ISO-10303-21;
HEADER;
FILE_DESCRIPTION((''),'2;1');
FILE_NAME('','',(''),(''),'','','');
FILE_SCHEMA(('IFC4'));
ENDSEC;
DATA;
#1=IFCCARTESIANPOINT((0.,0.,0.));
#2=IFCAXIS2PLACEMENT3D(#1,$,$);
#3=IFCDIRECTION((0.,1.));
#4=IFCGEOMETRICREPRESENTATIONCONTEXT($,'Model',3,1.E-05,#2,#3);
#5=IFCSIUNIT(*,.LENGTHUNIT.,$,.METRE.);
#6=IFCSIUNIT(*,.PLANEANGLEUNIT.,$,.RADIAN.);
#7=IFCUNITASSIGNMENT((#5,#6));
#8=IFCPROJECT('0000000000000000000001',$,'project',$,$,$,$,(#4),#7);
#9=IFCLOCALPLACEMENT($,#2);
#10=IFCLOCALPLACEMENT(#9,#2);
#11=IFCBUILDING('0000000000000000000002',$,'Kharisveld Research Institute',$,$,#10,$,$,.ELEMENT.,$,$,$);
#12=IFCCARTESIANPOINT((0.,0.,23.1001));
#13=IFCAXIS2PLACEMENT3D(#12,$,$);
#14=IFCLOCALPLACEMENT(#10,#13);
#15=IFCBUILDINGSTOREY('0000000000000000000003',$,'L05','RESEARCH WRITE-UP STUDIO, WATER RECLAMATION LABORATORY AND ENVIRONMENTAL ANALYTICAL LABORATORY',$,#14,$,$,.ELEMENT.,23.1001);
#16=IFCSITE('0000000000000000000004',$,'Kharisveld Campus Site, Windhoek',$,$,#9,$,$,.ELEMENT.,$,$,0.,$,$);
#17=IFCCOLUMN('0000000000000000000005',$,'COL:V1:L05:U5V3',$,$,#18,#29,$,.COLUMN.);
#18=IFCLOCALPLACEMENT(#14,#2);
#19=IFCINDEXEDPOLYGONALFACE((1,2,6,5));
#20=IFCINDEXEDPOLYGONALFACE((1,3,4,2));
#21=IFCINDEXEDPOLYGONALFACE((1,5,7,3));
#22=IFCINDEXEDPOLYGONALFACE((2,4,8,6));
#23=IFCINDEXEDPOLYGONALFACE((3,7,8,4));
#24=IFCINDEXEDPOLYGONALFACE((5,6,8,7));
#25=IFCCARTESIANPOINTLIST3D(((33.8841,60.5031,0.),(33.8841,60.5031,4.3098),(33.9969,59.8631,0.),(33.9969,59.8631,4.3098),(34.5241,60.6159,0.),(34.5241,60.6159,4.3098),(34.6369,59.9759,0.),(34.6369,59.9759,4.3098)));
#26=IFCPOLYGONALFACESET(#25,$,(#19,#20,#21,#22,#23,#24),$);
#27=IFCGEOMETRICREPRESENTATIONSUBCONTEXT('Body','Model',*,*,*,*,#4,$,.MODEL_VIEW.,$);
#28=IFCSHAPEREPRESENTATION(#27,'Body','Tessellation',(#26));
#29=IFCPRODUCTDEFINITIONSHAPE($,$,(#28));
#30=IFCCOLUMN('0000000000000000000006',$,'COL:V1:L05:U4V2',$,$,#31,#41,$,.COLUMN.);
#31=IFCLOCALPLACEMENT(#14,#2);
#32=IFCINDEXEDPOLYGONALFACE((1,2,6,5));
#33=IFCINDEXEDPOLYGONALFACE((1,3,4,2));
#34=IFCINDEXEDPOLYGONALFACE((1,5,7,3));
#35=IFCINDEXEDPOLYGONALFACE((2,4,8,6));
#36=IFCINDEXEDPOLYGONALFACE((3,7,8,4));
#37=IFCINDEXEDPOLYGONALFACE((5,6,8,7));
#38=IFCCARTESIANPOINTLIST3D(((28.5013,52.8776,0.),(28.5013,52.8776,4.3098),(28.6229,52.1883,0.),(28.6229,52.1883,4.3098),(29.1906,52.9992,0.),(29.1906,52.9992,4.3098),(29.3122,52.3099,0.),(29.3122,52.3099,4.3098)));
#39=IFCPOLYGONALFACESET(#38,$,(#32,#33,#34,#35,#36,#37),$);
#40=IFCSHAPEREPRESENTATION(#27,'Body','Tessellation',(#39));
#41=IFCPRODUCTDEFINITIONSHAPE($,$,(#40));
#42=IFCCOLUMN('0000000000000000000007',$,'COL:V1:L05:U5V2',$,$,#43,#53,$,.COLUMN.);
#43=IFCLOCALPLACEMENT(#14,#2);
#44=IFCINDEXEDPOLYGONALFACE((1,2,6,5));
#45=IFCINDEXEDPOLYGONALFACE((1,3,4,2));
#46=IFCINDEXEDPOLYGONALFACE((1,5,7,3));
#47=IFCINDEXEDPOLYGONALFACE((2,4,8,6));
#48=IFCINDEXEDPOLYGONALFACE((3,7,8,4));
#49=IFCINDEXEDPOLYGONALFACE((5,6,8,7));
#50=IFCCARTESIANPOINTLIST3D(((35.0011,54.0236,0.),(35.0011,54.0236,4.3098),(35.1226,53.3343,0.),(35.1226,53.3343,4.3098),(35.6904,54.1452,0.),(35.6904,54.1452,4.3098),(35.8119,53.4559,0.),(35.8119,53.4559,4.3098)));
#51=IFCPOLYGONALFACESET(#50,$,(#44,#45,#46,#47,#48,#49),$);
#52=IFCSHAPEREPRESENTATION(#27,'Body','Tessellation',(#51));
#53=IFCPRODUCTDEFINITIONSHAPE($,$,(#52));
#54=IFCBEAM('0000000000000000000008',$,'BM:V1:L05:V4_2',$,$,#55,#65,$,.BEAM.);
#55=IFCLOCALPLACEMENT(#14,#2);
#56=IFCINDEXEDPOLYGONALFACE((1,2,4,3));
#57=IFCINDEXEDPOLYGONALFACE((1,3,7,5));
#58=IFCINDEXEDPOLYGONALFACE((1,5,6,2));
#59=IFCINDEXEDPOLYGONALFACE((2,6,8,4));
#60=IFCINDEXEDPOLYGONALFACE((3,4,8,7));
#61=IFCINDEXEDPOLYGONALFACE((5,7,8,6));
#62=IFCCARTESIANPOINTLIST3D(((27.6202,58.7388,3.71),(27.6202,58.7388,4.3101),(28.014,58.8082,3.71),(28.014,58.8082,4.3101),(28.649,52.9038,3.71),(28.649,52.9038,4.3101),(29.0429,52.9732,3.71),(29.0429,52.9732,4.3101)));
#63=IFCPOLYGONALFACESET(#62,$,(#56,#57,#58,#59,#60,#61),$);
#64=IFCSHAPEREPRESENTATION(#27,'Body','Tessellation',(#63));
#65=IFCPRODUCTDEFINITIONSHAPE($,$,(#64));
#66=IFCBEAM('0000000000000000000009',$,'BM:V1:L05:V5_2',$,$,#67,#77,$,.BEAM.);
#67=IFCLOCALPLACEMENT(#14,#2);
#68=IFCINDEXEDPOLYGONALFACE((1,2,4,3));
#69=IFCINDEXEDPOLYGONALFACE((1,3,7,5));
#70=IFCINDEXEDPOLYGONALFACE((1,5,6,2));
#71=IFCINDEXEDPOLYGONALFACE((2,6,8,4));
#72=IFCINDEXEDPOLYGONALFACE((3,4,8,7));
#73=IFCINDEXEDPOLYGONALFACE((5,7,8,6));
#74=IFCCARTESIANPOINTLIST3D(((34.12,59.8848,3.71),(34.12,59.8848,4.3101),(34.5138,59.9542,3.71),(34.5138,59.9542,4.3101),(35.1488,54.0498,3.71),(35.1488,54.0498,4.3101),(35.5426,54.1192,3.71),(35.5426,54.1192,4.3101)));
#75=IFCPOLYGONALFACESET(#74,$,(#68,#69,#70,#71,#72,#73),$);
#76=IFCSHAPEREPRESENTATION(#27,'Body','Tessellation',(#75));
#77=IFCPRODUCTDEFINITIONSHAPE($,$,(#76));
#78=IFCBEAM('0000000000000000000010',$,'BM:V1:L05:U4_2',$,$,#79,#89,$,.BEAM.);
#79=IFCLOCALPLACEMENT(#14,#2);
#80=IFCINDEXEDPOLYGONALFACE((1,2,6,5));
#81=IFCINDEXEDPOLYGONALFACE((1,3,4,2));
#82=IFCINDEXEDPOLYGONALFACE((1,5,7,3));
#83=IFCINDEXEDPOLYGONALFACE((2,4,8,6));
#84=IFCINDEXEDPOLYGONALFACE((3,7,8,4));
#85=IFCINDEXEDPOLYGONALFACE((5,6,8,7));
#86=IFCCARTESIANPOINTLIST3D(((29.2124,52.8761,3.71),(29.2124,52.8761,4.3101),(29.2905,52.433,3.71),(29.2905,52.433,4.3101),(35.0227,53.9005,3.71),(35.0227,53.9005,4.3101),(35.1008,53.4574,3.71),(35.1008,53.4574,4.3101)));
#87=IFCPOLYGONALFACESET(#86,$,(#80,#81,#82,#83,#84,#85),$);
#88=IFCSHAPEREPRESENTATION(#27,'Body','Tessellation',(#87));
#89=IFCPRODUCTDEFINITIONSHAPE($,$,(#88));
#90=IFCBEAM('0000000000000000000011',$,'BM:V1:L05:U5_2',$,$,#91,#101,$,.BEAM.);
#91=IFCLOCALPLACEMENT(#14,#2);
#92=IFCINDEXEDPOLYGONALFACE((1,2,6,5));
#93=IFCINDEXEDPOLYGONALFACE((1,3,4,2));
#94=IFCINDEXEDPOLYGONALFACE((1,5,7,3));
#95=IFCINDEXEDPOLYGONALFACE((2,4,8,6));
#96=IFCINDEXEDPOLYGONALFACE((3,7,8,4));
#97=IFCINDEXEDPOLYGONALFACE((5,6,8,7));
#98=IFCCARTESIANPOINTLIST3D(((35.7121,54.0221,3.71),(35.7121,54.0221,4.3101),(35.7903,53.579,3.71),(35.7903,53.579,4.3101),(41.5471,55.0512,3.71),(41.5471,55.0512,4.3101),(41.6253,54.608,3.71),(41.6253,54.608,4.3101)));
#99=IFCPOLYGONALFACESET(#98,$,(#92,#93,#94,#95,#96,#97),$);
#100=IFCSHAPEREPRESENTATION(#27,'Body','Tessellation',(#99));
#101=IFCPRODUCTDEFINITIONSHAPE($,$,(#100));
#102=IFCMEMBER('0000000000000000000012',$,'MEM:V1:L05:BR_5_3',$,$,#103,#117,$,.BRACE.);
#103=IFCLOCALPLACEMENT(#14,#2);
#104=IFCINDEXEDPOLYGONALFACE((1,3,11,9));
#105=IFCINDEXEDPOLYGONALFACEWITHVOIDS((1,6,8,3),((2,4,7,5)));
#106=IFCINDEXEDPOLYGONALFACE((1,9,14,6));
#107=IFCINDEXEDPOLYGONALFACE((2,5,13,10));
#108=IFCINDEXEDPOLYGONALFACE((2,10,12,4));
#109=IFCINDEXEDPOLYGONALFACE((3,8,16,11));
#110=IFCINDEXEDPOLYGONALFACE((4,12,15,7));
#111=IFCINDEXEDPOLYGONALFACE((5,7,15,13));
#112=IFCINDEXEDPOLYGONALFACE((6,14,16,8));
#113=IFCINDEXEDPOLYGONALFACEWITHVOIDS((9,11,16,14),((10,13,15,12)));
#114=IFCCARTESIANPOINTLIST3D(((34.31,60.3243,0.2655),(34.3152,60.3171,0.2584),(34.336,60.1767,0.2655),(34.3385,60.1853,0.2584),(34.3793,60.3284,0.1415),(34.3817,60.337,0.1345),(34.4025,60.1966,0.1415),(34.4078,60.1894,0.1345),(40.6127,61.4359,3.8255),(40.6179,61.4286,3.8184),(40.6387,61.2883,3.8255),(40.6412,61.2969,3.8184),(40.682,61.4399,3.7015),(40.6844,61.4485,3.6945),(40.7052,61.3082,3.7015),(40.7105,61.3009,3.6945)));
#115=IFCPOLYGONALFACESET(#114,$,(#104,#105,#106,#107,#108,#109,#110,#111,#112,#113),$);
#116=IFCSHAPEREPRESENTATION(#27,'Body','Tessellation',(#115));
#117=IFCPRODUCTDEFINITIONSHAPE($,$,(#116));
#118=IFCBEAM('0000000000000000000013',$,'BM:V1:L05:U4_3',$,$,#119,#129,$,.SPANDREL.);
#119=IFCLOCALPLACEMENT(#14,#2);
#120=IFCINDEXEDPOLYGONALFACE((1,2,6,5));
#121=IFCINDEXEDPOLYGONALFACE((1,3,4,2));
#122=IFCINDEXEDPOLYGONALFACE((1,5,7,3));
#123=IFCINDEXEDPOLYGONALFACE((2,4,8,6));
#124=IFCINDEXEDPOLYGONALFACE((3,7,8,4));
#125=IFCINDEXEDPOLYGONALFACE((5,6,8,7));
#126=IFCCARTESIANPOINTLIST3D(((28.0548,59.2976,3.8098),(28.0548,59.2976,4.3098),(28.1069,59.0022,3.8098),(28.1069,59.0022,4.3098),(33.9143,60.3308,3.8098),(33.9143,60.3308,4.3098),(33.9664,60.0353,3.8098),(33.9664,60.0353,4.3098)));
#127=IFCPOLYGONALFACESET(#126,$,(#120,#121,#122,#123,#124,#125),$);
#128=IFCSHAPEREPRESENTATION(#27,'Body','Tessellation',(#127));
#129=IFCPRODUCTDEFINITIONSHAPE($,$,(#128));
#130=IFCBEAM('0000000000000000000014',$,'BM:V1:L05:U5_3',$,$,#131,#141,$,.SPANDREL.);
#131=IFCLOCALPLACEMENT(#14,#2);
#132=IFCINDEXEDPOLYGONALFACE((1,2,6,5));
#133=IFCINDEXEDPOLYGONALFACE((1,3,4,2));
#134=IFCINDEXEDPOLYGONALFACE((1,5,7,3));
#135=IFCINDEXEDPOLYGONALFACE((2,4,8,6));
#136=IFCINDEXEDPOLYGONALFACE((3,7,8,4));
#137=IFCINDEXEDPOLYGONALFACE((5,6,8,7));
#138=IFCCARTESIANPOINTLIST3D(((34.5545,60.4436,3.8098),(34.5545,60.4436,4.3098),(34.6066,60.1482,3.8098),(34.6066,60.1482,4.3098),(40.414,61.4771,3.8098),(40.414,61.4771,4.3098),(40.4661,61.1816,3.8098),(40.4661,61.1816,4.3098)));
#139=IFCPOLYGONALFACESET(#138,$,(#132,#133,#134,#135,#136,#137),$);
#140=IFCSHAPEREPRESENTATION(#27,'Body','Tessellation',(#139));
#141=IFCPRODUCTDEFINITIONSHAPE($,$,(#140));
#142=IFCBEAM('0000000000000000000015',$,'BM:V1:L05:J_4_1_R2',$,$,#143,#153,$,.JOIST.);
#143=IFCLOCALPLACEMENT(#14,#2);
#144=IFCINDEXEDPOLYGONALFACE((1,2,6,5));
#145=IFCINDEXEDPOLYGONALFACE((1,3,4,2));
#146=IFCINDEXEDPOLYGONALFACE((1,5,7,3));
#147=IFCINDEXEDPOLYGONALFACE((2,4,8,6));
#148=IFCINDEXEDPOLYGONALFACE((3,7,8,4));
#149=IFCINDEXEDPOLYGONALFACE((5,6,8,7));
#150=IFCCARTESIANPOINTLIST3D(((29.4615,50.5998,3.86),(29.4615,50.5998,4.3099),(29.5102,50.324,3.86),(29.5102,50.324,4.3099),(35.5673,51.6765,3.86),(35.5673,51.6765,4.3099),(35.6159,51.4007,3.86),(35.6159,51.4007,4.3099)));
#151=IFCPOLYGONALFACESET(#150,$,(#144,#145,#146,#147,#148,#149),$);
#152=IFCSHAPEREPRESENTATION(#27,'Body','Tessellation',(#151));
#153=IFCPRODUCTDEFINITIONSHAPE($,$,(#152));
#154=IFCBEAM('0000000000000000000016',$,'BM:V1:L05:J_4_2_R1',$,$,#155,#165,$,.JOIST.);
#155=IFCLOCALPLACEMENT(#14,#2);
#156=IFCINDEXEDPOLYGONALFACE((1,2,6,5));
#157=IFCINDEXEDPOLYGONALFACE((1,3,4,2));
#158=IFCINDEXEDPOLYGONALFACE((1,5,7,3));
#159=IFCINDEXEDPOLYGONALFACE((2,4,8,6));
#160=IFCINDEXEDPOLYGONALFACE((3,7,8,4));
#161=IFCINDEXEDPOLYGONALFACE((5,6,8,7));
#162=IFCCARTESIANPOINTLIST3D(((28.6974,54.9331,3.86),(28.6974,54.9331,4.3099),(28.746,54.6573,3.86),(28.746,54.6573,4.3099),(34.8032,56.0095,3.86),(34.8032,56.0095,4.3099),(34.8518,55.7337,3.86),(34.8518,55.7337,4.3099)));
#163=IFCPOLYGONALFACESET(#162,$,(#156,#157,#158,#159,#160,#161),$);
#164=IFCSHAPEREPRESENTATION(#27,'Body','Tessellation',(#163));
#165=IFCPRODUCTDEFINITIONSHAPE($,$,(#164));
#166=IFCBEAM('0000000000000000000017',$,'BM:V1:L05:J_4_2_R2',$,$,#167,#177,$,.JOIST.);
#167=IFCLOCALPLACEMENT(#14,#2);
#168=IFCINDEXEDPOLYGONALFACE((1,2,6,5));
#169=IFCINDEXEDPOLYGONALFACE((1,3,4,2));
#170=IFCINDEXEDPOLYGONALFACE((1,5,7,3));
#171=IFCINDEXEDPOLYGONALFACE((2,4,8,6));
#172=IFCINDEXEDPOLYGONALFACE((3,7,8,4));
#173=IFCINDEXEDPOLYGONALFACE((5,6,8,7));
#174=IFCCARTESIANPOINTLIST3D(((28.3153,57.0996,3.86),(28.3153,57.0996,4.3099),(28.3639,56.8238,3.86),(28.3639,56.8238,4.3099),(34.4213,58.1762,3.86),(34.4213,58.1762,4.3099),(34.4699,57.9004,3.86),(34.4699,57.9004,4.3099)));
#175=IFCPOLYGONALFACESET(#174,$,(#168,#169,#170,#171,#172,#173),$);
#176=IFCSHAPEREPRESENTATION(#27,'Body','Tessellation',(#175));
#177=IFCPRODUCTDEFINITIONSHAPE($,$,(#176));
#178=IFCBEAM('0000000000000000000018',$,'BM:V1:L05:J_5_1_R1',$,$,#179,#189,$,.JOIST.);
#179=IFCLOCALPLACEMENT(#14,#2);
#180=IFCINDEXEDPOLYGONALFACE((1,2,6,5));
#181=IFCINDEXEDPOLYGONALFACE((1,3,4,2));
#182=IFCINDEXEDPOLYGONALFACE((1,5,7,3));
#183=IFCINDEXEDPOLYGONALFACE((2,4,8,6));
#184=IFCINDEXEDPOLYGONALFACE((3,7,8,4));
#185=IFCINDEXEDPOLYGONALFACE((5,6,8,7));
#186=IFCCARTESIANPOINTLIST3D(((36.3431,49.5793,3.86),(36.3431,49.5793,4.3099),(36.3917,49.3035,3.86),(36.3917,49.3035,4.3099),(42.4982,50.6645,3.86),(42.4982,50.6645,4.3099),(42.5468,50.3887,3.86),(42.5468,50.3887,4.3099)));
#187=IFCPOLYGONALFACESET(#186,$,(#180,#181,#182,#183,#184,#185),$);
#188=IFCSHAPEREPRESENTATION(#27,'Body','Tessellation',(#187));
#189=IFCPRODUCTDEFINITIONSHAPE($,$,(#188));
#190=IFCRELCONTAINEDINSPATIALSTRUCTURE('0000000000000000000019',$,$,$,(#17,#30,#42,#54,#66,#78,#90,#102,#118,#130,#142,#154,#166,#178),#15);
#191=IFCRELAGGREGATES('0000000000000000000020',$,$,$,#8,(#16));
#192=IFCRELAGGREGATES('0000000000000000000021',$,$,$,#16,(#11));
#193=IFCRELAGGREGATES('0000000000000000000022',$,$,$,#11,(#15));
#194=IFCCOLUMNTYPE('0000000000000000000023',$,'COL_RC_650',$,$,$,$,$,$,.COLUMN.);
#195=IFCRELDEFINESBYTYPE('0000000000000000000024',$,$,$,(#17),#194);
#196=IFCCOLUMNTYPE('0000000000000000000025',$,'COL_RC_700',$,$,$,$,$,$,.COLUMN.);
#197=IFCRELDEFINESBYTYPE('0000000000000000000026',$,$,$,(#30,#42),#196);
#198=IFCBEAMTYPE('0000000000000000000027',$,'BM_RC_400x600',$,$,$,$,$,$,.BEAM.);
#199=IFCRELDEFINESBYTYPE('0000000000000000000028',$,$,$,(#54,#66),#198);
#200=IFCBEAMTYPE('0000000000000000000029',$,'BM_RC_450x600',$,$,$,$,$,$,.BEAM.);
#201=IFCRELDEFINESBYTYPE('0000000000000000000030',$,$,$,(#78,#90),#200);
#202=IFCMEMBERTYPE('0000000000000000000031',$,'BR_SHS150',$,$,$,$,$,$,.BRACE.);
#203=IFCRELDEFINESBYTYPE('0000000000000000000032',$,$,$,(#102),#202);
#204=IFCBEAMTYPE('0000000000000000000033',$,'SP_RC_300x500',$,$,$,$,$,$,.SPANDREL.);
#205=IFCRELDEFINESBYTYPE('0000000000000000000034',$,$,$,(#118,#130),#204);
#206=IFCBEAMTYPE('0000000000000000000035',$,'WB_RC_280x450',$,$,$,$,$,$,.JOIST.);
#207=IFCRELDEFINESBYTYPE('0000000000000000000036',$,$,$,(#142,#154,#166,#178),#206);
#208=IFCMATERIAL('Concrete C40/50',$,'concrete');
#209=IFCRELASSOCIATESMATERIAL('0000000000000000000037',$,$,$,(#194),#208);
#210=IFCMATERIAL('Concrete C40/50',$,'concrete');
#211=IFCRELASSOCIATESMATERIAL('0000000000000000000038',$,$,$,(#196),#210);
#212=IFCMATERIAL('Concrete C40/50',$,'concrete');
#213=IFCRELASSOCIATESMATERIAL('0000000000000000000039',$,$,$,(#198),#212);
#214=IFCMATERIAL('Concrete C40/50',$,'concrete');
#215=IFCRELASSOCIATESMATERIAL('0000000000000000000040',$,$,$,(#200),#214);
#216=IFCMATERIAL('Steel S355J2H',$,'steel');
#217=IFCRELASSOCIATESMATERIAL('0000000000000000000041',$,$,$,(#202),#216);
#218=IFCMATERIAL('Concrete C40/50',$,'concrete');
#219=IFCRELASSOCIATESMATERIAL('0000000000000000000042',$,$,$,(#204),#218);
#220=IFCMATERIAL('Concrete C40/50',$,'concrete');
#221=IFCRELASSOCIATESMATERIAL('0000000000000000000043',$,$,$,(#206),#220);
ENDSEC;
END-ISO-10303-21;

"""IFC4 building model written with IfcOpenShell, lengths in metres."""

from ifc_helpers import new_model, si_unit, direction, frame, origin, origin_2d, place, context, subcontext, project, spatial, rectangle, hollow_rectangle, extrude, material, material_profile, profile_set, type_object, element, save


model = new_model("IFC4")

# Units and contexts
model_context = context("Model", 3, precision=1e-05, world=origin(), true_north=direction((0.0, 1.0)))
body_context = subcontext(model_context, "Body", "Model", "MODEL_VIEW")
ifc_project = project(units=[si_unit("LENGTHUNIT", "METRE"), si_unit("PLANEANGLEUNIT", "RADIAN")], contexts=[model_context])

# Site, building, storey
site_placement = place(None, origin())
site = spatial("IfcSite", under=ifc_project, at=site_placement, Name="Kharisveld Campus Site, Windhoek", CompositionType="ELEMENT", RefElevation=0.0)
building_placement = place(site_placement, origin())
building = spatial("IfcBuilding", under=site, at=building_placement, Name="Kharisveld Research Institute", CompositionType="ELEMENT")
storey_placement = place(building_placement, frame((0.0, 0.0, 23.1001)))
storey = spatial("IfcBuildingStorey", under=building, at=storey_placement, Name="L05", Description="RESEARCH WRITE-UP STUDIO, WATER RECLAMATION LABORATORY AND ENVIRONMENTAL ANALYTICAL LABORATORY", CompositionType="ELEMENT", Elevation=23.1001)

# Columns
ifc_material_1 = material(Name="Concrete C40/50", Category="concrete")
ifc_material_profile_1 = material_profile(ifc_material_1, rectangle(XDim=0.6499, YDim=0.6499, at=origin_2d()))
ifc_profile_set_1 = profile_set([ifc_material_profile_1], Name="Concrete C40/50")
column_type_1 = type_object("IfcColumnType", Name="COL_RC_650", PredefinedType="COLUMN", material=ifc_profile_set_1)
column_placement = place(storey_placement, frame((34.2605, 60.2395, 0.0), z_axis=(0.0, 0.0, 1.0), x_axis=(0.984808, 0.173648, 0.0)))
element("IfcColumn", 1, at=column_placement, inside=storey, type_object=column_type_1, Name="COL:V1:L05:U5V3", PredefinedType="COLUMN", context=body_context, shape_type="SweptSolid", body=[
    extrude(rectangle(XDim=0.6499, YDim=0.6499, at=origin_2d()), origin(), (0.0, 0.0, 1.0), 4.3098),
])
ifc_material_2 = material(Name="Concrete C40/50", Category="concrete")
ifc_material_profile_2 = material_profile(ifc_material_2, rectangle(XDim=0.7, YDim=0.7, at=origin_2d()))
ifc_profile_set_2 = profile_set([ifc_material_profile_2], Name="Concrete C40/50")
column_type_2 = type_object("IfcColumnType", Name="COL_RC_700", PredefinedType="COLUMN", material=ifc_profile_set_2)
for number, where, z_axis, x_axis, name in (
    (2, (28.9067, 52.5938, 0.0), (0.0, 0.0, 1.0), (0.984808, 0.173648, 0.0), "COL:V1:L05:U4V2"),
    (3, (35.4065, 53.7397, 0.0), (0.0, 0.0, 1.0), (0.984808, 0.173648, 0.0), "COL:V1:L05:U5V2"),
):
    element("IfcColumn", number, at=place(storey_placement, frame(where, z_axis=z_axis, x_axis=x_axis)), inside=storey, type_object=column_type_2, Name=name, PredefinedType="COLUMN", context=body_context, shape_type="SweptSolid", body=[
        extrude(rectangle(XDim=0.7, YDim=0.7, at=origin_2d()), origin(), (0.0, 0.0, 1.0), 4.3098),
    ])

# Beams
ifc_material_3 = material(Name="Concrete C40/50", Category="concrete")
ifc_material_profile_3 = material_profile(ifc_material_3, rectangle(XDim=0.3999, YDim=0.6001, at=origin_2d()))
ifc_profile_set_3 = profile_set([ifc_material_profile_3], Name="Concrete C40/50")
beam_type_1 = type_object("IfcBeamType", Name="BM_RC_400x600", PredefinedType="BEAM", material=ifc_profile_set_3)
for number, where, z_axis, x_axis, name in (
    (4, (28.8459, 52.9385, 4.01), (-0.17364, 0.984809, 0.0), (-0.984809, -0.17364, 0.0), "BM:V1:L05:V4_2"),
    (5, (35.3457, 54.0845, 4.01), (-0.17364, 0.984809, 0.0), (-0.984809, -0.17364, 0.0), "BM:V1:L05:V5_2"),
):
    element("IfcBeam", number, at=place(storey_placement, frame(where, z_axis=z_axis, x_axis=x_axis)), inside=storey, type_object=beam_type_1, Name=name, PredefinedType="BEAM", context=body_context, shape_type="SweptSolid", body=[
        extrude(rectangle(XDim=0.3999, YDim=0.6001, at=origin_2d()), origin(), (0.0, 0.0, 1.0), 5.925),
    ])
ifc_material_4 = material(Name="Concrete C40/50", Category="concrete")
ifc_material_profile_4 = material_profile(ifc_material_4, rectangle(XDim=0.45, YDim=0.6001, at=origin_2d()))
ifc_profile_set_4 = profile_set([ifc_material_profile_4], Name="Concrete C40/50")
beam_type_2 = type_object("IfcBeamType", Name="BM_RC_450x600", PredefinedType="BEAM", material=ifc_profile_set_4)
beam_1_placement = place(storey_placement, frame((29.2515, 52.6545, 4.01), z_axis=(0.984811, 0.173632, 0.0), x_axis=(-0.173632, 0.984811, 0.0)))
element("IfcBeam", 6, at=beam_1_placement, inside=storey, type_object=beam_type_2, Name="BM:V1:L05:U4_2", PredefinedType="BEAM", context=body_context, shape_type="SweptSolid", body=[
    extrude(rectangle(XDim=0.45, YDim=0.6001, at=origin_2d()), origin(), (0.0, 0.0, 1.0), 5.8999),
])
beam_2_placement = place(storey_placement, frame((35.7512, 53.8005, 4.01), z_axis=(0.984802, 0.17368, 0.0), x_axis=(-0.17368, 0.984802, 0.0)))
element("IfcBeam", 7, at=beam_2_placement, inside=storey, type_object=beam_type_2, Name="BM:V1:L05:U5_2", PredefinedType="BEAM", context=body_context, shape_type="SweptSolid", body=[
    extrude(rectangle(XDim=0.45, YDim=0.6001, at=origin_2d()), origin(), (0.0, 0.0, 1.0), 5.925),
])

# Member
ifc_material_5 = material(Name="Steel S355J2H", Category="steel")
ifc_material_profile_5 = material_profile(ifc_material_5, hollow_rectangle(XDim=0.1499, YDim=0.1499, WallThickness=0.0081, at=origin_2d()))
ifc_profile_set_5 = profile_set([ifc_material_profile_5], Name="Steel S355J2H")
member_type = type_object("IfcMemberType", Name="BR_SHS150", PredefinedType="BRACE", material=ifc_profile_set_5)
member_placement = place(storey_placement, frame((34.3589, 60.2568, 0.2), z_axis=(0.860614, 0.151781, 0.486112), x_axis=(-0.173683, 0.984802, 0.0)))
element("IfcMember", 8, at=member_placement, inside=storey, type_object=member_type, Name="MEM:V1:L05:BR_5_3", PredefinedType="BRACE", context=body_context, shape_type="SweptSolid", body=[
    extrude(hollow_rectangle(XDim=0.1499, YDim=0.1499, WallThickness=0.0081, at=origin_2d()), origin(), (0.0, 0.0, 1.0), 7.3235),
])

# Beams
ifc_material_6 = material(Name="Concrete C40/50", Category="concrete")
ifc_material_profile_6 = material_profile(ifc_material_6, rectangle(XDim=0.3, YDim=0.5, at=origin_2d()))
ifc_profile_set_6 = profile_set([ifc_material_profile_6], Name="Concrete C40/50")
beam_type_3 = type_object("IfcBeamType", Name="SP_RC_300x500", PredefinedType="SPANDREL", material=ifc_profile_set_6)
for number, where, z_axis, x_axis, name in (
    (9, (28.0808, 59.1499, 4.0598), (0.984808, 0.173647, 0.0), (-0.173647, 0.984808, 0.0), "BM:V1:L05:U4_3"),
    (10, (34.5806, 60.2959, 4.0598), (0.984801, 0.173687, 0.0), (-0.173687, 0.984801, 0.0), "BM:V1:L05:U5_3"),
):
    element("IfcBeam", number, at=place(storey_placement, frame(where, z_axis=z_axis, x_axis=x_axis)), inside=storey, type_object=beam_type_3, Name=name, PredefinedType="SPANDREL", context=body_context, shape_type="SweptSolid", body=[
        extrude(rectangle(XDim=0.3, YDim=0.5, at=origin_2d()), origin(), (0.0, 0.0, 1.0), 5.95),
    ])
ifc_material_7 = material(Name="Concrete C40/50", Category="concrete")
ifc_material_profile_7 = material_profile(ifc_material_7, rectangle(XDim=0.28, YDim=0.45, at=origin_2d()))
ifc_profile_set_7 = profile_set([ifc_material_profile_7], Name="Concrete C40/50")
beam_type_4 = type_object("IfcBeamType", Name="WB_RC_280x450", PredefinedType="JOIST", material=ifc_profile_set_7)
for number, where, z_axis, x_axis, name in (
    (11, (29.4858, 50.4619, 4.085), (0.984806, 0.173657, 0.0), (-0.173657, 0.984806, 0.0), "BM:V1:L05:J_4_1_R2"),
    (12, (28.7217, 54.7952, 4.085), (0.984813, 0.173619, 0.0), (-0.173619, 0.984813, 0.0), "BM:V1:L05:J_4_2_R1"),
):
    element("IfcBeam", number, at=place(storey_placement, frame(where, z_axis=z_axis, x_axis=x_axis)), inside=storey, type_object=beam_type_4, Name=name, PredefinedType="JOIST", context=body_context, shape_type="SweptSolid", body=[
        extrude(rectangle(XDim=0.28, YDim=0.45, at=origin_2d()), origin(), (0.0, 0.0, 1.0), 6.2),
    ])
beam_3_placement = place(storey_placement, frame((28.3396, 56.9617, 4.085), z_axis=(0.984807, 0.173651, 0.0), x_axis=(-0.173651, 0.984807, 0.0)))
element("IfcBeam", 13, at=beam_3_placement, inside=storey, type_object=beam_type_4, Name="BM:V1:L05:J_4_2_R2", PredefinedType="JOIST", context=body_context, shape_type="SweptSolid", body=[
    extrude(rectangle(XDim=0.28, YDim=0.45, at=origin_2d()), origin(), (0.0, 0.0, 1.0), 6.2002),
])
for number, where, z_axis, x_axis, name in (
    (14, (36.3674, 49.4414, 4.085), (0.98481, 0.173634, 0.0), (-0.173634, 0.98481, 0.0), "BM:V1:L05:J_5_1_R1"),
):
    element("IfcBeam", number, at=place(storey_placement, frame(where, z_axis=z_axis, x_axis=x_axis)), inside=storey, type_object=beam_type_4, Name=name, PredefinedType="JOIST", context=body_context, shape_type="SweptSolid", body=[
        extrude(rectangle(XDim=0.28, YDim=0.45, at=origin_2d()), origin(), (0.0, 0.0, 1.0), 6.25),
    ])

save(model, "model.ifc")
